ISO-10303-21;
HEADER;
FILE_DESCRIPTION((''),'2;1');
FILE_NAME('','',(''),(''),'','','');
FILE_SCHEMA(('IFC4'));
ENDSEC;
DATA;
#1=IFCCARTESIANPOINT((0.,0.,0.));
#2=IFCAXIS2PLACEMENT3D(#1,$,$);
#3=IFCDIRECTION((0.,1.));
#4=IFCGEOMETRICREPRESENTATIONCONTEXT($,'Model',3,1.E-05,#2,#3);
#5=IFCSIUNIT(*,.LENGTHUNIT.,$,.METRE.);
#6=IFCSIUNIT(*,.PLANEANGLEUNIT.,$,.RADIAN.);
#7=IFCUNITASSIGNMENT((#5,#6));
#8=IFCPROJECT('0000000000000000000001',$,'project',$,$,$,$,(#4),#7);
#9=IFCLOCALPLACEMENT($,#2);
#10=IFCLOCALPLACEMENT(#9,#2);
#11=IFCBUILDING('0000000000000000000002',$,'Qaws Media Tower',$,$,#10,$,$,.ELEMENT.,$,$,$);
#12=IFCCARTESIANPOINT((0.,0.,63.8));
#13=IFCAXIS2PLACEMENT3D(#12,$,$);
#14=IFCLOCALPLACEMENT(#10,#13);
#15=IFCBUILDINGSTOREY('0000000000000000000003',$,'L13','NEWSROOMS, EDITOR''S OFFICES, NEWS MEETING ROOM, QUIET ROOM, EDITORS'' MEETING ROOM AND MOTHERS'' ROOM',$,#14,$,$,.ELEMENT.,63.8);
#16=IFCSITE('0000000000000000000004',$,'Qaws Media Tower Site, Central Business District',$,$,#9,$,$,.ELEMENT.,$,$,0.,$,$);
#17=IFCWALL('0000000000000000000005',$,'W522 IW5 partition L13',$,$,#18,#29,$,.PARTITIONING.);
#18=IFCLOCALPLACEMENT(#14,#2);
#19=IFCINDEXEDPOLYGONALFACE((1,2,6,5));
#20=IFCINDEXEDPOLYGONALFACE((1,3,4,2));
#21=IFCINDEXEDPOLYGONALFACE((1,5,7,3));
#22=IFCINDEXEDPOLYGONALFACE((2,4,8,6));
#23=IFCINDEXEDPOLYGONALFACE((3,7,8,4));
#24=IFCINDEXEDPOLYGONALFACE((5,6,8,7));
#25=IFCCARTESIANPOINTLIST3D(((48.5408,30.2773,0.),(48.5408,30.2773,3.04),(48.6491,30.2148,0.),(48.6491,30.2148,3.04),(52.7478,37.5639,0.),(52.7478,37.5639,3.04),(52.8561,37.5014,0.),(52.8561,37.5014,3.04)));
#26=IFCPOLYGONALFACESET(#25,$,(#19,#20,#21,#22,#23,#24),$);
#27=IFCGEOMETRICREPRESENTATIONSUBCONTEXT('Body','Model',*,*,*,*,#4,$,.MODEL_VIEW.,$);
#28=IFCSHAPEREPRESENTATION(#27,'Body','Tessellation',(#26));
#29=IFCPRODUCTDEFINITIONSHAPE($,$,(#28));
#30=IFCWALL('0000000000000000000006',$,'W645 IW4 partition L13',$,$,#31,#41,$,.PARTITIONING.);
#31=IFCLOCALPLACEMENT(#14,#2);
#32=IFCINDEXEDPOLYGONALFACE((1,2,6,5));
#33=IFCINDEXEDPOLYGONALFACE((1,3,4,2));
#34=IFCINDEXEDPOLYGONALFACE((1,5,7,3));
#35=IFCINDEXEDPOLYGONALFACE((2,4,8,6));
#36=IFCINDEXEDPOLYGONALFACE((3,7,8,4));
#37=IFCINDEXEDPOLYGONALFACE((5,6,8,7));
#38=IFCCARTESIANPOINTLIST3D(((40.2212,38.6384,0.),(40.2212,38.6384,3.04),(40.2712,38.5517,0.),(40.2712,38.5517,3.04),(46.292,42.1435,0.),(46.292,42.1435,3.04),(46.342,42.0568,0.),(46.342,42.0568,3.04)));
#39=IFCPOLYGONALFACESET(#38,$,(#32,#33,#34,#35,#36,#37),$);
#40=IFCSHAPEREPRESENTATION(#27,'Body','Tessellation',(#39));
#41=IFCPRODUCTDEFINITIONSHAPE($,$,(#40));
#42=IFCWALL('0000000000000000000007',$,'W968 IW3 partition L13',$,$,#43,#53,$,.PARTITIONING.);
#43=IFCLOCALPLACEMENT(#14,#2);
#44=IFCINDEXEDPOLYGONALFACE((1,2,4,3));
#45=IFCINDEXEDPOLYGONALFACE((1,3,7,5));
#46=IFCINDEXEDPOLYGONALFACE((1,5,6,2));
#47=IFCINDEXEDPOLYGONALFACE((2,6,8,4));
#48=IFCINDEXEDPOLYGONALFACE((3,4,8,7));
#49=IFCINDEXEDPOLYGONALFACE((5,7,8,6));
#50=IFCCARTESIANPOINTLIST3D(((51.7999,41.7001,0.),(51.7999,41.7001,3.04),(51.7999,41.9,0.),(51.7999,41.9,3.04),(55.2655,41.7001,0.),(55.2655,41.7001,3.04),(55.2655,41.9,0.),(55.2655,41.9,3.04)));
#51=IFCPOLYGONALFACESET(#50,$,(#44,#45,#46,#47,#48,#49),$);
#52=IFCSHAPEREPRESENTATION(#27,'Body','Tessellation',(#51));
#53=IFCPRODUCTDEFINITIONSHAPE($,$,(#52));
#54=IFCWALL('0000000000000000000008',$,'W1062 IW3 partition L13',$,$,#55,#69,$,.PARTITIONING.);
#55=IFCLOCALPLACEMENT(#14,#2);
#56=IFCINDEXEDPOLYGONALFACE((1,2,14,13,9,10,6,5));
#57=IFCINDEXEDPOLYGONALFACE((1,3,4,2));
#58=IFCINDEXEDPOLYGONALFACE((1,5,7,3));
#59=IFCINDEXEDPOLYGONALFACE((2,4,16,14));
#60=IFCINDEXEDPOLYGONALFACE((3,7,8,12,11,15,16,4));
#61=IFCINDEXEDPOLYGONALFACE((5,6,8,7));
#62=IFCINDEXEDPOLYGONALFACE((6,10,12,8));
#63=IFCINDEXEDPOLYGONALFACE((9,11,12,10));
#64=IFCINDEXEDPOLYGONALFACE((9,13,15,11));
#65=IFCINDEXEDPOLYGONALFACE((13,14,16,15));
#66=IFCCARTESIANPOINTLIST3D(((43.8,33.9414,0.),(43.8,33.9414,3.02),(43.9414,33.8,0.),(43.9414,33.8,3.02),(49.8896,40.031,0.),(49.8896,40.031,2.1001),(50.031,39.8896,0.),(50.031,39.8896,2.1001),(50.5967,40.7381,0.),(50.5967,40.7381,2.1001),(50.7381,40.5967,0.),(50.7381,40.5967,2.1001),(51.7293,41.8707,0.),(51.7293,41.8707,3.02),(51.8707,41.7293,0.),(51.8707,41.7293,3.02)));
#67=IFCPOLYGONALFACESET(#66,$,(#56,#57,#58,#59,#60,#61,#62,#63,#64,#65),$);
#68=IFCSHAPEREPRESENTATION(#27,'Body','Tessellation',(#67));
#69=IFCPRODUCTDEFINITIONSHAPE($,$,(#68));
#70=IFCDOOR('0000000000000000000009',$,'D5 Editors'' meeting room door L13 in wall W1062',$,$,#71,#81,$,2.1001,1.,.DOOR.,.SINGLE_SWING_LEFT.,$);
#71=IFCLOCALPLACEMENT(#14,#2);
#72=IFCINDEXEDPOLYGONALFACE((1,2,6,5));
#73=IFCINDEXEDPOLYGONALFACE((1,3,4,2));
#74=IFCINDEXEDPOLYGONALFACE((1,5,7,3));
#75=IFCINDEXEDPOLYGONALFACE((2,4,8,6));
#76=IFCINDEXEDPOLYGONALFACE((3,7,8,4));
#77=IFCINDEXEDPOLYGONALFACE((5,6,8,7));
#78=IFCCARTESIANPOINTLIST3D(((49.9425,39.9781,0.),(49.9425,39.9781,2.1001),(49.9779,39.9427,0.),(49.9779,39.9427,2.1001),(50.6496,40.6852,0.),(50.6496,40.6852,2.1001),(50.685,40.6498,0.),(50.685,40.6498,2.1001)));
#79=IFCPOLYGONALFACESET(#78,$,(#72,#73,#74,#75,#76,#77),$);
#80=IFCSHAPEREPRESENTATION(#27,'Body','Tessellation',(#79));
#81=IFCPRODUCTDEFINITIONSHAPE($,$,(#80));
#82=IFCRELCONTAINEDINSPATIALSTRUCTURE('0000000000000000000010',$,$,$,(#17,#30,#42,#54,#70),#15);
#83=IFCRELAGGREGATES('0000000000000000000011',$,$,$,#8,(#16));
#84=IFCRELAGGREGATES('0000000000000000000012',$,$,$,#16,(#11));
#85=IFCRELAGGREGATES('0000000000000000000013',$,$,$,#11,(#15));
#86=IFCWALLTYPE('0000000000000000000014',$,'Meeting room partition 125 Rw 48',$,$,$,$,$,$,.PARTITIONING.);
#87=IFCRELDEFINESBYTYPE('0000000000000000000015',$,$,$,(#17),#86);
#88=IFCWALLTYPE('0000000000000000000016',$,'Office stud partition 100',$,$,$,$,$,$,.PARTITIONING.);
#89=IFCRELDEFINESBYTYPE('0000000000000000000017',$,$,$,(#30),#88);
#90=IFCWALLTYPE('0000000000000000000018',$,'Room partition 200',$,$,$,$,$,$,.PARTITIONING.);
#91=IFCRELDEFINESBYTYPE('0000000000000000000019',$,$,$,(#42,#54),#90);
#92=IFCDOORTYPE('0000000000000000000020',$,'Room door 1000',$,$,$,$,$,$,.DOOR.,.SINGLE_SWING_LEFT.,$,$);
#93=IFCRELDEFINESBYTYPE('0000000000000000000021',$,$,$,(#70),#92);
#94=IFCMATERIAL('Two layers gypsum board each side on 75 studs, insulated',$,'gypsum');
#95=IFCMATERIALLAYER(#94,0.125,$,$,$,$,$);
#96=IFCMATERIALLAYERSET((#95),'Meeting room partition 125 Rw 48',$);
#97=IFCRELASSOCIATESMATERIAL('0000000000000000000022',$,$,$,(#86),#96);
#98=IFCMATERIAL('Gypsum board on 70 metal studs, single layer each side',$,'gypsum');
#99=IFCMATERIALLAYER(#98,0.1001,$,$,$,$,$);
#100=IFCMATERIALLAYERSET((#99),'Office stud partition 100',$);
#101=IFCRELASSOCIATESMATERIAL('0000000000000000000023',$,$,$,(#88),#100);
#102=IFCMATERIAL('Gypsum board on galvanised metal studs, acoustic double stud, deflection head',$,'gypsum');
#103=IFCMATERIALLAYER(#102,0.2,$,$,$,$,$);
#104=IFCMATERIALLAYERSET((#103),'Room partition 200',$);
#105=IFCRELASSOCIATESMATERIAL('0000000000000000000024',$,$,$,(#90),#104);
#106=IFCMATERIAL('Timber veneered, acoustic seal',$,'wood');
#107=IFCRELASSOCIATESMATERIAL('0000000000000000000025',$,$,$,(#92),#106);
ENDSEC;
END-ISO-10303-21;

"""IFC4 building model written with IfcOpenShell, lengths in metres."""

from ifc_helpers import new_model, si_unit, direction, frame, frame_2d, origin, place, context, subcontext, project, spatial, rectangle, extrude, material, layer, layer_set, type_object, element, fill, save


model = new_model("IFC4")

# Units and contexts
model_context = context("Model", 3, precision=1e-05, world=origin(), true_north=direction((0.0, 1.0)))
body_context = subcontext(model_context, "Body", "Model", "MODEL_VIEW")
ifc_project = project(units=[si_unit("LENGTHUNIT", "METRE"), si_unit("PLANEANGLEUNIT", "RADIAN")], contexts=[model_context])

# Site, building, storey
site_placement = place(None, origin())
site = spatial("IfcSite", under=ifc_project, at=site_placement, Name="Qaws Media Tower Site, Central Business District", CompositionType="ELEMENT", RefElevation=0.0)
building_placement = place(site_placement, origin())
building = spatial("IfcBuilding", under=site, at=building_placement, Name="Qaws Media Tower", CompositionType="ELEMENT")
storey_placement = place(building_placement, frame((0.0, 0.0, 63.8)))
storey = spatial("IfcBuildingStorey", under=building, at=storey_placement, Name="L13", Description="NEWSROOMS, EDITOR'S OFFICES, NEWS MEETING ROOM, QUIET ROOM, EDITORS' MEETING ROOM AND MOTHERS' ROOM", CompositionType="ELEMENT", Elevation=63.8)

# Walls
ifc_material_1 = material(Name="Two layers gypsum board each side on 75 studs, insulated", Category="gypsum")
ifc_layer_1 = layer(ifc_material_1, 0.125)
ifc_layer_set_1 = layer_set([ifc_layer_1], Name="Meeting room partition 125 Rw 48")
wall_type_1 = type_object("IfcWallType", Name="Meeting room partition 125 Rw 48", PredefinedType="PARTITIONING", material=ifc_layer_set_1)
wall_1_placement = place(storey_placement, frame((52.802, 37.5327, 0.0), z_axis=(0.0, 0.0, 1.0), x_axis=(-0.500009, -0.86602, 0.0)))
element("IfcWall", 1, at=wall_1_placement, inside=storey, type_object=wall_type_1, Name="W522 IW5 partition L13", PredefinedType="PARTITIONING", context=body_context, shape_type="SweptSolid", body=[
    extrude(rectangle(XDim=8.4138, YDim=0.125, at=frame_2d((4.207, 0.0))), origin(), (0.0, 0.0, 1.0), 3.04),
])
ifc_material_2 = material(Name="Gypsum board on 70 metal studs, single layer each side", Category="gypsum")
ifc_layer_2 = layer(ifc_material_2, 0.1001)
ifc_layer_set_2 = layer_set([ifc_layer_2], Name="Office stud partition 100")
wall_type_2 = type_object("IfcWallType", Name="Office stud partition 100", PredefinedType="PARTITIONING", material=ifc_layer_set_2)
wall_2_placement = place(storey_placement, frame((46.3169, 42.1001, 0.0), z_axis=(0.0, 0.0, 1.0), x_axis=(-0.866016, -0.500016, 0.0)))
element("IfcWall", 2, at=wall_2_placement, inside=storey, type_object=wall_type_2, Name="W645 IW4 partition L13", PredefinedType="PARTITIONING", context=body_context, shape_type="SweptSolid", body=[
    extrude(rectangle(XDim=7.01, YDim=0.1001, at=frame_2d((3.5049, 0.0))), origin(), (0.0, 0.0, 1.0), 3.04),
])

# Shared definitions
ifc_material_3 = material(Name="Gypsum board on galvanised metal studs, acoustic double stud, deflection head", Category="gypsum")
ifc_layer_3 = layer(ifc_material_3, 0.2)
ifc_layer_set_3 = layer_set([ifc_layer_3], Name="Room partition 200")
wall_type_3 = type_object("IfcWallType", Name="Room partition 200", PredefinedType="PARTITIONING", material=ifc_layer_set_3)

# Wall
wall_3_placement = place(storey_placement, frame((55.2656, 41.8, 0.0), z_axis=(0.0, 0.0, 1.0), x_axis=(-1.0, 0.0, 0.0)))
element("IfcWall", 3, at=wall_3_placement, inside=storey, type_object=wall_type_3, Name="W968 IW3 partition L13", PredefinedType="PARTITIONING", context=body_context, shape_type="SweptSolid", body=[
    extrude(rectangle(XDim=3.4656, YDim=0.2, at=frame_2d((1.7329, 0.0))), origin(), (0.0, 0.0, 1.0), 3.04),
])

# Wall, opening, door
wall_4_placement = place(storey_placement, frame((51.8, 41.8, 0.0), z_axis=(0.0, 0.0, 1.0), x_axis=(-0.707107, -0.707107, 0.0)))
wall_4 = element("IfcWall", 4, at=wall_4_placement, inside=storey, type_object=wall_type_3, Name="W1062 IW3 partition L13", PredefinedType="PARTITIONING", context=body_context, shape_type="SweptSolid", body=[
    extrude(rectangle(XDim=11.2136, YDim=0.2, at=frame_2d((5.6069, 0.0))), origin(), (0.0, 0.0, 1.0), 3.02),
])
opening_1_placement = place(wall_4_placement, frame((1.6018, 0.0, 0.0)))
opening_1 = element("IfcOpeningElement", 5, at=opening_1_placement, cuts=wall_4, PredefinedType="OPENING", context=body_context, shape_type="SweptSolid", body=[
    extrude(rectangle(XDim=1.0, YDim=2.1001, at=frame_2d((0.5, 1.05))), frame((0.0, 0.1099, 0.0), z_axis=(0.0, -1.0, 0.0), x_axis=(1.0, 0.0, 0.0)), (0.0, 0.0, 1.0), 0.22),
])
ifc_material_4 = material(Name="Timber veneered, acoustic seal", Category="wood")
door_type_1 = type_object("IfcDoorType", Name="Room door 1000", OperationType="SINGLE_SWING_LEFT", PredefinedType="DOOR", material=ifc_material_4)
door_1_placement = place(opening_1_placement, origin())
door_1 = element("IfcDoor", 6, at=door_1_placement, inside=storey, type_object=door_type_1, Name="D5 Editors' meeting room door L13 in wall W1062", OperationType="SINGLE_SWING_LEFT", OverallHeight=2.1001, OverallWidth=1.0, PredefinedType="DOOR", context=body_context, shape_type="SweptSolid", body=[
    extrude(rectangle(XDim=1.0, YDim=2.1001, at=frame_2d((0.5, 1.05))), frame((0.0, 0.0249, 0.0), z_axis=(0.0, -1.0, 0.0), x_axis=(1.0, 0.0, 0.0)), (0.0, 0.0, 1.0), 0.05),
])
fill(opening_1, door_1)

save(model, "model.ifc")
